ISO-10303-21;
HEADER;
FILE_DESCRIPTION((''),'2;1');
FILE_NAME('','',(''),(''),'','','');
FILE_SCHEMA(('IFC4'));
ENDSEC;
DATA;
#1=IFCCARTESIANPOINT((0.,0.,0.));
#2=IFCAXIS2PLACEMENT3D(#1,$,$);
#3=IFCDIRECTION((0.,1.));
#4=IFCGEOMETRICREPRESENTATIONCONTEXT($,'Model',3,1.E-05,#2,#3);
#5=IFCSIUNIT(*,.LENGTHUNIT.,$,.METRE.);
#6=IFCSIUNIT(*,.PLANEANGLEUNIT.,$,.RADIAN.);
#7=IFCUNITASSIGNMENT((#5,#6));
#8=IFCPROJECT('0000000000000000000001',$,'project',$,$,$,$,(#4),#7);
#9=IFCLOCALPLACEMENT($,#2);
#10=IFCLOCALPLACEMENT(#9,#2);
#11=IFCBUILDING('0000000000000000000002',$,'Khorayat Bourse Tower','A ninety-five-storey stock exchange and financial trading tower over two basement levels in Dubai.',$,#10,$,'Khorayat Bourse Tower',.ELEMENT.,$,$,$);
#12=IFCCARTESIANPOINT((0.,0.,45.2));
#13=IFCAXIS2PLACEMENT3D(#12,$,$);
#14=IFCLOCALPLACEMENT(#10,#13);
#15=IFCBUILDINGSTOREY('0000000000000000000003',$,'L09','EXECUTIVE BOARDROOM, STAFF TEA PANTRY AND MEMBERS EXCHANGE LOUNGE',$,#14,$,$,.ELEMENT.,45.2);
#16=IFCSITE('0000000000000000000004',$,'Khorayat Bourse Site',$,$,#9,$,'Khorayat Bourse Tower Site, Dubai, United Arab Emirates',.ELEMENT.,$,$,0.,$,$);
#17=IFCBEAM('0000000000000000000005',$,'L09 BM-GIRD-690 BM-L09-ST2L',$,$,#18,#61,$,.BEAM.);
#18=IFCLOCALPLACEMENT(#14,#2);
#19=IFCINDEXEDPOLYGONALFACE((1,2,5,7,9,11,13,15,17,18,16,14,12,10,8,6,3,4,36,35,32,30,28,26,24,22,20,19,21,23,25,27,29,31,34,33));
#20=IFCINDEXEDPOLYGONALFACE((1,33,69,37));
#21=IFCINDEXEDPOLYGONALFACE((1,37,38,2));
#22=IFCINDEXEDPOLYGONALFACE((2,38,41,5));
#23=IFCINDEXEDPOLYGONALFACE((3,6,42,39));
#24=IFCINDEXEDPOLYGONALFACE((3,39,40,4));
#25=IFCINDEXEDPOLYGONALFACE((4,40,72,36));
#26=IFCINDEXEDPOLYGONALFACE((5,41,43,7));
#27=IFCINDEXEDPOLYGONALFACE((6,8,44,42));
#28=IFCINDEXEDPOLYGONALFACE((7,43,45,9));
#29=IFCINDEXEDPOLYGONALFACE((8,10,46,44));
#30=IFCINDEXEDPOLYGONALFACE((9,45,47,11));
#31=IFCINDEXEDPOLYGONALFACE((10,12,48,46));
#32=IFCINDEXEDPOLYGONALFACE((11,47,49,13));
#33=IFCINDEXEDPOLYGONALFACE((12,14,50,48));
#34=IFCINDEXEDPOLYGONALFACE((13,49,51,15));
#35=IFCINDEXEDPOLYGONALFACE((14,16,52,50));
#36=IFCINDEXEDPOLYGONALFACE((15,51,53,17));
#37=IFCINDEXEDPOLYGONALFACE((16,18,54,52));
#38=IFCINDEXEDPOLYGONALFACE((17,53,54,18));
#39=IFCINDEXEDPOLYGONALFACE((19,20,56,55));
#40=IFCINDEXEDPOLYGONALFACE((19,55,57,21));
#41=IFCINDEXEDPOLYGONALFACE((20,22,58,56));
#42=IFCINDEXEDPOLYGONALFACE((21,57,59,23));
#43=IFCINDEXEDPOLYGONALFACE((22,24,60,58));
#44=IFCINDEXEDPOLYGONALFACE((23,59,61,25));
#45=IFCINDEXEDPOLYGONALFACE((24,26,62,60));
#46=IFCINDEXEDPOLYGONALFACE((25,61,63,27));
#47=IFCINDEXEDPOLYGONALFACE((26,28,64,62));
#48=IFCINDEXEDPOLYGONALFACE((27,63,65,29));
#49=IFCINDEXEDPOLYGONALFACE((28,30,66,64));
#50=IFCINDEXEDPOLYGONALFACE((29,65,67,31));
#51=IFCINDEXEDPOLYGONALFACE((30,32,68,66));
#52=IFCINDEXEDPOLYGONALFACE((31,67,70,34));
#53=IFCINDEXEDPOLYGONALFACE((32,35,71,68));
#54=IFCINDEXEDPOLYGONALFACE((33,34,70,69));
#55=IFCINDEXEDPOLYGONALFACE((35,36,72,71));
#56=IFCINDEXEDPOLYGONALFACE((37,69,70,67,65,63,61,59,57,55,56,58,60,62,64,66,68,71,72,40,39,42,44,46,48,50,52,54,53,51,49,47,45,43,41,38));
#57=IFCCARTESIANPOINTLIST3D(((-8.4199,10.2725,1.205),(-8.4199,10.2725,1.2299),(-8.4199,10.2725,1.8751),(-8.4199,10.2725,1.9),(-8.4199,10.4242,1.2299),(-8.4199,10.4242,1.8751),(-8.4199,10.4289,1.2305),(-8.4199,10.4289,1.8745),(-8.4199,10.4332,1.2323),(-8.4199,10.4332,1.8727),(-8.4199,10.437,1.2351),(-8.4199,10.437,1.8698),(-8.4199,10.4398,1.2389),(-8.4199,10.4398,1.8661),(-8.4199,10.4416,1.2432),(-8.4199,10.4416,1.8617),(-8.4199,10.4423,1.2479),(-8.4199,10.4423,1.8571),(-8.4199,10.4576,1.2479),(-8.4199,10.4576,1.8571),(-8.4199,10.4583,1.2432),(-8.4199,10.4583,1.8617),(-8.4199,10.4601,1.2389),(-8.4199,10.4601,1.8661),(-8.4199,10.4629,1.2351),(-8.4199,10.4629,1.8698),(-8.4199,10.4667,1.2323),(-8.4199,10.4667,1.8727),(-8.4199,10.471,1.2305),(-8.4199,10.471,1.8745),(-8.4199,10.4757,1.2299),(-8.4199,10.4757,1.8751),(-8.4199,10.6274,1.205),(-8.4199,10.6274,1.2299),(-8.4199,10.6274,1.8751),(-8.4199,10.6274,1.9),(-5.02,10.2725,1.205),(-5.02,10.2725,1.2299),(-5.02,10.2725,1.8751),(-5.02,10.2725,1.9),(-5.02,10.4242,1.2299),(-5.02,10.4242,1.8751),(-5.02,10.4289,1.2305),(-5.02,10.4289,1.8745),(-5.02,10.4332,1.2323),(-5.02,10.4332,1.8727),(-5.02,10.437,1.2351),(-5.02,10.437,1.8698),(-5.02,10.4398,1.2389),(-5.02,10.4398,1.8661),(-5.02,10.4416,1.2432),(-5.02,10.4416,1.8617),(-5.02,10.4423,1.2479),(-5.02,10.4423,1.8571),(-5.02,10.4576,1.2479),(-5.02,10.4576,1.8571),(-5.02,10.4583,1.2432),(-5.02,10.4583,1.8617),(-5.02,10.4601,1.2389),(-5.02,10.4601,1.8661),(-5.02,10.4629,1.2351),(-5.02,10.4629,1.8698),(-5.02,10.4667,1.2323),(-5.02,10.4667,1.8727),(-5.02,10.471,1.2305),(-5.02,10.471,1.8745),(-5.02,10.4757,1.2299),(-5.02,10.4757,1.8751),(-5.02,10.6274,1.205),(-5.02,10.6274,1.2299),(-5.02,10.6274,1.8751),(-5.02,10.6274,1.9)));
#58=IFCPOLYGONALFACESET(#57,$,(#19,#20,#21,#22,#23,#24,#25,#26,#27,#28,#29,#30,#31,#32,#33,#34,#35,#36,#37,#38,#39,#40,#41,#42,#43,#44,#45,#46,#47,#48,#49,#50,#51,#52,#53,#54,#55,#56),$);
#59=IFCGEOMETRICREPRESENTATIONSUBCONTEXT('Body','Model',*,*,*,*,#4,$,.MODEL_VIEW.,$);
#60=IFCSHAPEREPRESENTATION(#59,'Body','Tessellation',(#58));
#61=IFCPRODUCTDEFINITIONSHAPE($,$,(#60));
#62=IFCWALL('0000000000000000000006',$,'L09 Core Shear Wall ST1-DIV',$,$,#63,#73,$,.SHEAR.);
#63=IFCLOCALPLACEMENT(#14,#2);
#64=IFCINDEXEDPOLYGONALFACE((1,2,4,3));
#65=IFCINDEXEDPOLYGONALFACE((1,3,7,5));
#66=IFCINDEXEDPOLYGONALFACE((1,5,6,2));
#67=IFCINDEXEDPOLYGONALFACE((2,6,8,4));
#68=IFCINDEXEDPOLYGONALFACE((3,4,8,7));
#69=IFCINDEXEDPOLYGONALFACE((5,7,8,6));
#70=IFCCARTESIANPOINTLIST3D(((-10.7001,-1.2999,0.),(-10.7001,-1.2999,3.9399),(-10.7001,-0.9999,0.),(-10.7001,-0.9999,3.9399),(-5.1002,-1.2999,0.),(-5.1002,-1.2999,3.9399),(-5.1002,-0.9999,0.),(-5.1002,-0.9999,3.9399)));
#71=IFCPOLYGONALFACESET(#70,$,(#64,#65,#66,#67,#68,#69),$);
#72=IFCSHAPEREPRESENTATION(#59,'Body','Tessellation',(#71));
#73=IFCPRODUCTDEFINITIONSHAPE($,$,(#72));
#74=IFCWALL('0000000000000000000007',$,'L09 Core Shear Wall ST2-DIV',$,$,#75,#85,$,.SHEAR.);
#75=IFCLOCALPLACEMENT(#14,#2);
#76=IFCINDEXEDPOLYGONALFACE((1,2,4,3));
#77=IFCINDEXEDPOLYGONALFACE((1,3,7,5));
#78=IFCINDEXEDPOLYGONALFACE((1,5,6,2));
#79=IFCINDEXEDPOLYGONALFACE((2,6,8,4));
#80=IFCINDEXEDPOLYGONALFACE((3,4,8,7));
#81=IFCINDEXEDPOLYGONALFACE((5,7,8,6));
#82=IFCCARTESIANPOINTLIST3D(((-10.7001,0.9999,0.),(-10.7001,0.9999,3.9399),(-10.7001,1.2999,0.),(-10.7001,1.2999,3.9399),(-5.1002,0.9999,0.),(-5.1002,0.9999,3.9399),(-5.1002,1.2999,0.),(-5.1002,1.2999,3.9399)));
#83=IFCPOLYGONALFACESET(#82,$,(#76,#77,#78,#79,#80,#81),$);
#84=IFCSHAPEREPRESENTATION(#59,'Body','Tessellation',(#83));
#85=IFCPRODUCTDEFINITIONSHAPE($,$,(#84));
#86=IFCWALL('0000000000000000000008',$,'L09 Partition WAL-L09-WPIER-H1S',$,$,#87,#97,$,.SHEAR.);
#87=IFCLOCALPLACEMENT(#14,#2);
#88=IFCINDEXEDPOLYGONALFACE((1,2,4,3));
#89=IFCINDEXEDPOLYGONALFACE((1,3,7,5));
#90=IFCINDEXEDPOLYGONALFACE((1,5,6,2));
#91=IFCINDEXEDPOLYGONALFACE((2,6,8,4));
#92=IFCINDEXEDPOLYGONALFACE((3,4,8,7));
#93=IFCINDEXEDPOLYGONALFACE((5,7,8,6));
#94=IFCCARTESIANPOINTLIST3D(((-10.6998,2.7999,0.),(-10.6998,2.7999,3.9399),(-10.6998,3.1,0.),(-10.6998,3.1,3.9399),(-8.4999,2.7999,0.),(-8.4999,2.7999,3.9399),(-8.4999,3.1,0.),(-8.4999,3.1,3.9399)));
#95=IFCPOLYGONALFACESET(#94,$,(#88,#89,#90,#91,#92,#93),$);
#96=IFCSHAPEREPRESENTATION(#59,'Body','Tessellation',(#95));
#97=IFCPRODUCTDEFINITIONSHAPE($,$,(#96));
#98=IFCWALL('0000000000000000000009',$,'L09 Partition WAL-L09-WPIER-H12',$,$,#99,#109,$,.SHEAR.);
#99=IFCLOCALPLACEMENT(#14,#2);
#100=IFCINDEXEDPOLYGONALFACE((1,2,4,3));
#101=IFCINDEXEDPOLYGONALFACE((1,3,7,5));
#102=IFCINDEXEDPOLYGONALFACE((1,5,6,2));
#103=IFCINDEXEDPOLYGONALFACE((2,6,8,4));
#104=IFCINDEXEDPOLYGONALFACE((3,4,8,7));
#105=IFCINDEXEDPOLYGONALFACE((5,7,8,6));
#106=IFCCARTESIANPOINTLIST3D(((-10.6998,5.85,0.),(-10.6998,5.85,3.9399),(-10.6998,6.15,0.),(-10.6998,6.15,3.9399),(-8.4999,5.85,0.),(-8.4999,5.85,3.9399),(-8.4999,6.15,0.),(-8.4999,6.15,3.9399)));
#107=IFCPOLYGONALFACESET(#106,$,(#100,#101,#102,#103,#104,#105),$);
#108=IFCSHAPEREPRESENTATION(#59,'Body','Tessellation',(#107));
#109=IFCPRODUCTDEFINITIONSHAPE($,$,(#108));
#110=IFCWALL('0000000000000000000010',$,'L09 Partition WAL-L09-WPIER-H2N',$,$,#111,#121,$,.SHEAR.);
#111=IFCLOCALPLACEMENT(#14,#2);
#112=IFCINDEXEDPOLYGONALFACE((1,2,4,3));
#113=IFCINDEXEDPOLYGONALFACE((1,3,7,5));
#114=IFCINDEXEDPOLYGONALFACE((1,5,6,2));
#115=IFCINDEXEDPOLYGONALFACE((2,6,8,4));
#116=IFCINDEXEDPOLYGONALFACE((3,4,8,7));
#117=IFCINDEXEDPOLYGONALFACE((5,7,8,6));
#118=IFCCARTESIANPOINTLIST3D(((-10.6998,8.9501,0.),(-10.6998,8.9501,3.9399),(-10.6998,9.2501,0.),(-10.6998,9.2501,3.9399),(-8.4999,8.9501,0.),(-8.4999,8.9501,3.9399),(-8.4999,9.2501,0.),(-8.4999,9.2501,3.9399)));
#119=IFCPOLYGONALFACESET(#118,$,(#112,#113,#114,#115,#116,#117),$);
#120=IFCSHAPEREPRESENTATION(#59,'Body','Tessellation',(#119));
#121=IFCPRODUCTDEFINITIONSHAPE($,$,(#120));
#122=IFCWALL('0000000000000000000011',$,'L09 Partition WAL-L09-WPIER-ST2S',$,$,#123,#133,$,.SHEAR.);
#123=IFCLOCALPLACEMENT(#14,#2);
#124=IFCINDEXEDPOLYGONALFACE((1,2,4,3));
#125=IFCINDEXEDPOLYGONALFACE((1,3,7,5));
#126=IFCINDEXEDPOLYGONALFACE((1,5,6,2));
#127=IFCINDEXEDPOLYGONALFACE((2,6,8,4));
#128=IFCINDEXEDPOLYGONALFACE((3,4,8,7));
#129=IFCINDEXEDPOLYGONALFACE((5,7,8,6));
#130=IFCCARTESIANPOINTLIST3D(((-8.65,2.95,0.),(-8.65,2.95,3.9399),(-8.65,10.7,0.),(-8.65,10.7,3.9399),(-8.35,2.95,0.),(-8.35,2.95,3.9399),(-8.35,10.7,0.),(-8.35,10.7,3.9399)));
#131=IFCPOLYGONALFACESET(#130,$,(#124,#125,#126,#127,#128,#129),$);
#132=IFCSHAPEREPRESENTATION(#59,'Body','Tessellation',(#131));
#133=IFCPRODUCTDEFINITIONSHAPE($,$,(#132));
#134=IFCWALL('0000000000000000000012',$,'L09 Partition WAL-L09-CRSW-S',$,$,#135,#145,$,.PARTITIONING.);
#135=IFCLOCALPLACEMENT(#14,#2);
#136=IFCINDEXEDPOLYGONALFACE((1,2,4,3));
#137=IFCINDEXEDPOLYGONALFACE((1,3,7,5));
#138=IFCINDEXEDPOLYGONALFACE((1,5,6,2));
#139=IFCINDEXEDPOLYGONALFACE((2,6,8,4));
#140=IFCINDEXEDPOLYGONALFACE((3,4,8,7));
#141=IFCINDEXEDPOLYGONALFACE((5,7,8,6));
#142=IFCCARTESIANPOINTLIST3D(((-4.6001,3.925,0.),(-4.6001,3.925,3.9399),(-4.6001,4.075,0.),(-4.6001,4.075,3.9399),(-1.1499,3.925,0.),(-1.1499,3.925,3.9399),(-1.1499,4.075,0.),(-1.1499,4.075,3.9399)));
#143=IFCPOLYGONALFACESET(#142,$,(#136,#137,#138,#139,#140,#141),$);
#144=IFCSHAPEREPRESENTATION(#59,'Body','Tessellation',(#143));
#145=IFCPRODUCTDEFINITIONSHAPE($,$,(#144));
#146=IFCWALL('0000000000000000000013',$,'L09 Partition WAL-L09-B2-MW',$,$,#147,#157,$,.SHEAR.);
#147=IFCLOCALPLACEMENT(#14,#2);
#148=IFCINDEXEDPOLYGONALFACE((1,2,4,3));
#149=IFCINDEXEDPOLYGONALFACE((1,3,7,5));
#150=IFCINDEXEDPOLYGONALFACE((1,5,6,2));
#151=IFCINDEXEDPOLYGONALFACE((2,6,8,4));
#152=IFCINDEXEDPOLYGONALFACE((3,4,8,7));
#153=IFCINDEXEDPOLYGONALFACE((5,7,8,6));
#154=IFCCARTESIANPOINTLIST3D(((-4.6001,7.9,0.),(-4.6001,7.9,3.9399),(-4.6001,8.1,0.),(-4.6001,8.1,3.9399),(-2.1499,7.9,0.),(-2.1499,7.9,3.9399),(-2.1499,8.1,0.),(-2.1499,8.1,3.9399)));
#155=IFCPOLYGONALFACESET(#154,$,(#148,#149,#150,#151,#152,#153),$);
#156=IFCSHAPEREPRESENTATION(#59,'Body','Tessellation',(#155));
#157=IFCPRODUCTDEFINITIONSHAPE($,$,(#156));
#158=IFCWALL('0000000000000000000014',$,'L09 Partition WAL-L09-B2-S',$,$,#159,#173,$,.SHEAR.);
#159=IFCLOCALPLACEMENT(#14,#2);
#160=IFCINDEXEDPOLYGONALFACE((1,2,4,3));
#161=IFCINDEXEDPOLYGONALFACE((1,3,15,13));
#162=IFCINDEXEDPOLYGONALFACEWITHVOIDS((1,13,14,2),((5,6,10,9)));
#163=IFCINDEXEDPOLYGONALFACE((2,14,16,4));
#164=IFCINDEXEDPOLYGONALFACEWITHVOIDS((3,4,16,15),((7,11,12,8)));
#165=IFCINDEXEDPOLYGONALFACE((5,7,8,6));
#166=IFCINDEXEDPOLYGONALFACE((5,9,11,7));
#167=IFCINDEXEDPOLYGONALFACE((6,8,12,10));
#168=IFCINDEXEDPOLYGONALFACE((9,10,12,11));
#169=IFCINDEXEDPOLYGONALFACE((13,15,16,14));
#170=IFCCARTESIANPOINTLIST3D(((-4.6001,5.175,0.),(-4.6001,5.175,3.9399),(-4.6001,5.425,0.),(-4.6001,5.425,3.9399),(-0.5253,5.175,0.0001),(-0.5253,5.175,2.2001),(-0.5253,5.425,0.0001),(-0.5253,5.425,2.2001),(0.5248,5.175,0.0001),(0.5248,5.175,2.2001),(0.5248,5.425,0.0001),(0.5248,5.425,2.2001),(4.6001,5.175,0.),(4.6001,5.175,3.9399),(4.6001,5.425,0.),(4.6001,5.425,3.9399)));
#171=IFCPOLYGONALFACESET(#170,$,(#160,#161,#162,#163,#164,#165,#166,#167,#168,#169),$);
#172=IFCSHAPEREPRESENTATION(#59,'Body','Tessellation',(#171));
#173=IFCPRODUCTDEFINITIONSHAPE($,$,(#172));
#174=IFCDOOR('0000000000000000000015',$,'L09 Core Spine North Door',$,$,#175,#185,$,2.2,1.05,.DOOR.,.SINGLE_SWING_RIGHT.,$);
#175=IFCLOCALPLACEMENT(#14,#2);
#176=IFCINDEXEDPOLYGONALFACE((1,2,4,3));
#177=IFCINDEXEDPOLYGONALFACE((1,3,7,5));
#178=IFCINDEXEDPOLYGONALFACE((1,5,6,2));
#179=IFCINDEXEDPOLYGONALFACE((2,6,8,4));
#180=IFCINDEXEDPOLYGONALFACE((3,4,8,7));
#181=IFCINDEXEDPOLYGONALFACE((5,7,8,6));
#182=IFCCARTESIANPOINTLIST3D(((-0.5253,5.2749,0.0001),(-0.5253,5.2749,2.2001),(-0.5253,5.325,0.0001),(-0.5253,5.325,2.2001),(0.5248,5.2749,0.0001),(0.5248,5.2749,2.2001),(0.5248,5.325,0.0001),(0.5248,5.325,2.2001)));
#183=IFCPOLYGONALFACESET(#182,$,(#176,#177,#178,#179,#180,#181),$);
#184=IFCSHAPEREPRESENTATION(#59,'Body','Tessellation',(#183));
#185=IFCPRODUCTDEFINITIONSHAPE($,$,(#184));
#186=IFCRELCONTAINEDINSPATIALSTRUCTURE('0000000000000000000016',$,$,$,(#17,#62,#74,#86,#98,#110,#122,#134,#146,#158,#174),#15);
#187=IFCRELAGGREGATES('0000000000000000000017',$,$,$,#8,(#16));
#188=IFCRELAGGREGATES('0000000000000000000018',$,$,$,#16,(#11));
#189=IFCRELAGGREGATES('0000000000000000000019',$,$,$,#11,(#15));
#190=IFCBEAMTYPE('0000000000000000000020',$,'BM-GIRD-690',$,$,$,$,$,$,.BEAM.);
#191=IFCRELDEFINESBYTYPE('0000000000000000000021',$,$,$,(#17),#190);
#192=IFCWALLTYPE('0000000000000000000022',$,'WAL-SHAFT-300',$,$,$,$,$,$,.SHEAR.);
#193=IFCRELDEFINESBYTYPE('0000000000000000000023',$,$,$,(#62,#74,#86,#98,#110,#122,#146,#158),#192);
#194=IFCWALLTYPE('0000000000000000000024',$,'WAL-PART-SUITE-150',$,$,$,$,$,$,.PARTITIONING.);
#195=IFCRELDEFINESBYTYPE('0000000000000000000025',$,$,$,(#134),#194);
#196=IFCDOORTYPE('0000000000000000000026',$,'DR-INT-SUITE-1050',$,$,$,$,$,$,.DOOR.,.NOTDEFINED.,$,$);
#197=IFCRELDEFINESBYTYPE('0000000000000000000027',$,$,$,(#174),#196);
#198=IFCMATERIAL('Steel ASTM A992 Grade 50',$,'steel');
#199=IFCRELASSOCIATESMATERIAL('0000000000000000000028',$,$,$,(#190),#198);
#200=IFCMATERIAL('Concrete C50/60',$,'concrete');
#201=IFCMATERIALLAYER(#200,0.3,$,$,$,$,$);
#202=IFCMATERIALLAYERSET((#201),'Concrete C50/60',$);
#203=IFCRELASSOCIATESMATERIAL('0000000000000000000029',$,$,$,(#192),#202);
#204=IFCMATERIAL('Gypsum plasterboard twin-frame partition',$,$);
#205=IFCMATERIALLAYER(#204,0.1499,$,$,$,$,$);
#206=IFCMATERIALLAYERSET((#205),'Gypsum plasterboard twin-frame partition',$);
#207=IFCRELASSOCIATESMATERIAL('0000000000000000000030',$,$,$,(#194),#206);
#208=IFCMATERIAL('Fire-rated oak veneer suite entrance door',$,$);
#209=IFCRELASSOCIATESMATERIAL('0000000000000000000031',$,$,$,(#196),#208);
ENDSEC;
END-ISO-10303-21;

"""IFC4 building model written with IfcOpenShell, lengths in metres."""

from ifc_helpers import new_model, si_unit, direction, frame, frame_2d, origin, origin_2d, place, context, subcontext, project, spatial, rectangle, i_section, extrude, source, transform, mapped, material, layer, layer_set, material_profile, profile_set, type_object, element, fill, save


model = new_model("IFC4")

# Units and contexts
model_context = context("Model", 3, precision=1e-05, world=origin(), true_north=direction((0.0, 1.0)))
body_context = subcontext(model_context, "Body", "Model", "MODEL_VIEW")
ifc_project = project(units=[si_unit("LENGTHUNIT", "METRE"), si_unit("PLANEANGLEUNIT", "RADIAN")], contexts=[model_context])

# Site, building, storey
site_placement = place(None, origin())
site = spatial("IfcSite", under=ifc_project, at=site_placement, Name="Khorayat Bourse Site", LongName="Khorayat Bourse Tower Site, Dubai, United Arab Emirates", CompositionType="ELEMENT", RefElevation=0.0)
building_placement = place(site_placement, origin())
building = spatial("IfcBuilding", under=site, at=building_placement, Name="Khorayat Bourse Tower", Description="A ninety-five-storey stock exchange and financial trading tower over two basement levels in Dubai.", LongName="Khorayat Bourse Tower", CompositionType="ELEMENT")
storey_placement = place(building_placement, frame((0.0, 0.0, 45.2)))
storey = spatial("IfcBuildingStorey", under=building, at=storey_placement, Name="L09", Description="EXECUTIVE BOARDROOM, STAFF TEA PANTRY AND MEMBERS EXCHANGE LOUNGE", CompositionType="ELEMENT", Elevation=45.2)

# Beam
ifc_material_1 = material(Name="Steel ASTM A992 Grade 50", Category="steel")
ifc_material_profile_1 = material_profile(ifc_material_1, i_section(OverallWidth=0.355, OverallDepth=0.6951, WebThickness=0.0154, FlangeThickness=0.0249, FilletRadius=0.0181, at=origin_2d()), Name="W690X217")
ifc_profile_set_1 = profile_set([ifc_material_profile_1], Name="Steel ASTM A992 Grade 50")
beam_type_1 = type_object("IfcBeamType", Name="BM-GIRD-690", PredefinedType="BEAM", material=ifc_profile_set_1)
shared_shape_1 = source(origin(), body_context, "Body", "SweptSolid", [
    extrude(i_section(OverallWidth=0.355, OverallDepth=0.6951, WebThickness=0.0154, FlangeThickness=0.0249, FilletRadius=0.0181, at=origin_2d()), origin(), (0.0, 0.0, 1.0), 3.3999),
])
beam_1_placement = place(storey_placement, frame((-8.4199, 10.45, 1.5525), z_axis=(1.0, 0.0, 0.0), x_axis=(0.0, 1.0, 0.0)))
element("IfcBeam", 1, at=beam_1_placement, inside=storey, type_object=beam_type_1, Name="L09 BM-GIRD-690 BM-L09-ST2L", PredefinedType="BEAM", context=body_context, shape_type="MappedRepresentation", body=[
    mapped(shared_shape_1, transform((0.0, 0.0, 0.0), scale=1.0)),
])

# Walls
ifc_material_2 = material(Name="Concrete C50/60", Category="concrete")
ifc_layer_1 = layer(ifc_material_2, 0.3)
ifc_layer_set_1 = layer_set([ifc_layer_1], Name="Concrete C50/60")
wall_type_1 = type_object("IfcWallType", Name="WAL-SHAFT-300", PredefinedType="SHEAR", material=ifc_layer_set_1)
shared_shape_2 = source(origin(), body_context, "Body", "SweptSolid", [
    extrude(rectangle(XDim=5.5999, YDim=0.3, at=frame_2d((2.7998, 0.0))), origin(), (0.0, 0.0, 1.0), 3.9399),
])
for number, where, z_axis, x_axis, name in (
    (2, (-10.7, -1.1499, 0.0), (0.0, 0.0, 1.0), (1.0, 0.0, 0.0), "L09 Core Shear Wall ST1-DIV"),
    (3, (-10.7, 1.1499, 0.0), (0.0, 0.0, 1.0), (1.0, 0.0, 0.0), "L09 Core Shear Wall ST2-DIV"),
):
    element("IfcWall", number, at=place(storey_placement, frame(where, z_axis=z_axis, x_axis=x_axis)), inside=storey, type_object=wall_type_1, Name=name, PredefinedType="SHEAR", context=body_context, shape_type="MappedRepresentation", body=[
        mapped(shared_shape_2, transform((0.0, 0.0, 0.0), scale=1.0)),
    ])
shared_shape_3 = source(origin(), body_context, "Body", "SweptSolid", [
    extrude(rectangle(XDim=2.2, YDim=0.3, at=frame_2d((1.1001, 0.0))), origin(), (0.0, 0.0, 1.0), 3.9399),
])
for number, where, z_axis, x_axis, name in (
    (4, (-10.7, 2.95, 0.0), (0.0, 0.0, 1.0), (1.0, 0.0, 0.0), "L09 Partition WAL-L09-WPIER-H1S"),
    (5, (-10.7, 6.0, 0.0), (0.0, 0.0, 1.0), (1.0, 0.0, 0.0), "L09 Partition WAL-L09-WPIER-H12"),
    (6, (-10.7, 9.1001, 0.0), (0.0, 0.0, 1.0), (1.0, 0.0, 0.0), "L09 Partition WAL-L09-WPIER-H2N"),
):
    element("IfcWall", number, at=place(storey_placement, frame(where, z_axis=z_axis, x_axis=x_axis)), inside=storey, type_object=wall_type_1, Name=name, PredefinedType="SHEAR", context=body_context, shape_type="MappedRepresentation", body=[
        mapped(shared_shape_3, transform((0.0, 0.0, 0.0), scale=1.0)),
    ])
shared_shape_4 = source(origin(), body_context, "Body", "SweptSolid", [
    extrude(rectangle(XDim=7.75, YDim=0.3, at=frame_2d((3.875, 0.0))), origin(), (0.0, 0.0, 1.0), 3.9399),
])
wall_1_placement = place(storey_placement, frame((-8.5, 2.95, 0.0), z_axis=(0.0, 0.0, 1.0), x_axis=(0.0, 1.0, 0.0)))
element("IfcWall", 7, at=wall_1_placement, inside=storey, type_object=wall_type_1, Name="L09 Partition WAL-L09-WPIER-ST2S", PredefinedType="SHEAR", context=body_context, shape_type="MappedRepresentation", body=[
    mapped(shared_shape_4, transform((0.0, 0.0, 0.0), scale=1.0)),
])
ifc_material_3 = material(Name="Gypsum plasterboard twin-frame partition")
ifc_layer_2 = layer(ifc_material_3, 0.1499)
ifc_layer_set_2 = layer_set([ifc_layer_2], Name="Gypsum plasterboard twin-frame partition")
wall_type_2 = type_object("IfcWallType", Name="WAL-PART-SUITE-150", PredefinedType="PARTITIONING", material=ifc_layer_set_2)
shared_shape_5 = source(origin(), body_context, "Body", "SweptSolid", [
    extrude(rectangle(XDim=3.4502, YDim=0.1499, at=frame_2d((1.7251, 0.0))), origin(), (0.0, 0.0, 1.0), 3.9399),
])
wall_2_placement = place(storey_placement, frame((-4.6001, 4.0, 0.0), z_axis=(0.0, 0.0, 1.0), x_axis=(1.0, 0.0, 0.0)))
element("IfcWall", 8, at=wall_2_placement, inside=storey, type_object=wall_type_2, Name="L09 Partition WAL-L09-CRSW-S", PredefinedType="PARTITIONING", context=body_context, shape_type="MappedRepresentation", body=[
    mapped(shared_shape_5, transform((0.0, 0.0, 0.0), scale=1.0)),
])
shared_shape_6 = source(origin(), body_context, "Body", "SweptSolid", [
    extrude(rectangle(XDim=2.4502, YDim=0.2, at=frame_2d((1.2251, 0.0))), origin(), (0.0, 0.0, 1.0), 3.9399),
])
wall_3_placement = place(storey_placement, frame((-4.6001, 8.0, 0.0), z_axis=(0.0, 0.0, 1.0), x_axis=(1.0, 0.0, 0.0)))
element("IfcWall", 9, at=wall_3_placement, inside=storey, type_object=wall_type_1, Name="L09 Partition WAL-L09-B2-MW", PredefinedType="SHEAR", context=body_context, shape_type="MappedRepresentation", body=[
    mapped(shared_shape_6, transform((0.0, 0.0, 0.0), scale=1.0)),
])

# Wall, opening, door
shared_shape_7 = source(origin(), body_context, "Body", "SweptSolid", [
    extrude(rectangle(XDim=9.2002, YDim=0.25, at=frame_2d((4.6001, 0.0))), origin(), (0.0, 0.0, 1.0), 3.9399),
])
wall_4_placement = place(storey_placement, frame((-4.6001, 5.3, 0.0), z_axis=(0.0, 0.0, 1.0), x_axis=(1.0, 0.0, 0.0)))
wall_4 = element("IfcWall", 10, at=wall_4_placement, inside=storey, type_object=wall_type_1, Name="L09 Partition WAL-L09-B2-S", PredefinedType="SHEAR", context=body_context, shape_type="MappedRepresentation", body=[
    mapped(shared_shape_7, transform((0.0, 0.0, 0.0), scale=1.0)),
])
shared_shape_8 = source(origin(), body_context, "Body", "SweptSolid", [
    extrude(rectangle(XDim=1.05, YDim=2.2, at=frame_2d((0.5249, 1.1001))), frame((0.0, 0.135, 0.0), z_axis=(0.0, -1.0, 0.0), x_axis=(1.0, 0.0, 0.0)), (0.0, 0.0, 1.0), 0.27),
])
opening_placement = place(wall_4_placement, frame((4.075, 0.0, 0.0)))
opening = element("IfcOpeningElement", 11, at=opening_placement, cuts=wall_4, PredefinedType="OPENING", context=body_context, shape_type="MappedRepresentation", body=[
    mapped(shared_shape_8, transform((0.0, 0.0, 0.0), scale=1.0)),
])
ifc_material_4 = material(Name="Fire-rated oak veneer suite entrance door")
door_type = type_object("IfcDoorType", Name="DR-INT-SUITE-1050", OperationType="NOTDEFINED", PredefinedType="DOOR", material=ifc_material_4)
shared_shape_9 = source(origin(), body_context, "Body", "SweptSolid", [
    extrude(rectangle(XDim=1.05, YDim=2.2, at=frame_2d((0.5249, 1.1001))), frame((0.0, 0.0249, 0.0), z_axis=(0.0, -1.0, 0.0), x_axis=(1.0, 0.0, 0.0)), (0.0, 0.0, 1.0), 0.05),
])
door_placement = place(opening_placement, origin())
door = element("IfcDoor", 12, at=door_placement, inside=storey, type_object=door_type, Name="L09 Core Spine North Door", OperationType="SINGLE_SWING_RIGHT", OverallHeight=2.2, OverallWidth=1.05, PredefinedType="DOOR", context=body_context, shape_type="MappedRepresentation", body=[
    mapped(shared_shape_9, transform((0.0, 0.0, 0.0), scale=1.0)),
])
fill(opening, door)

save(model, "model.ifc")
